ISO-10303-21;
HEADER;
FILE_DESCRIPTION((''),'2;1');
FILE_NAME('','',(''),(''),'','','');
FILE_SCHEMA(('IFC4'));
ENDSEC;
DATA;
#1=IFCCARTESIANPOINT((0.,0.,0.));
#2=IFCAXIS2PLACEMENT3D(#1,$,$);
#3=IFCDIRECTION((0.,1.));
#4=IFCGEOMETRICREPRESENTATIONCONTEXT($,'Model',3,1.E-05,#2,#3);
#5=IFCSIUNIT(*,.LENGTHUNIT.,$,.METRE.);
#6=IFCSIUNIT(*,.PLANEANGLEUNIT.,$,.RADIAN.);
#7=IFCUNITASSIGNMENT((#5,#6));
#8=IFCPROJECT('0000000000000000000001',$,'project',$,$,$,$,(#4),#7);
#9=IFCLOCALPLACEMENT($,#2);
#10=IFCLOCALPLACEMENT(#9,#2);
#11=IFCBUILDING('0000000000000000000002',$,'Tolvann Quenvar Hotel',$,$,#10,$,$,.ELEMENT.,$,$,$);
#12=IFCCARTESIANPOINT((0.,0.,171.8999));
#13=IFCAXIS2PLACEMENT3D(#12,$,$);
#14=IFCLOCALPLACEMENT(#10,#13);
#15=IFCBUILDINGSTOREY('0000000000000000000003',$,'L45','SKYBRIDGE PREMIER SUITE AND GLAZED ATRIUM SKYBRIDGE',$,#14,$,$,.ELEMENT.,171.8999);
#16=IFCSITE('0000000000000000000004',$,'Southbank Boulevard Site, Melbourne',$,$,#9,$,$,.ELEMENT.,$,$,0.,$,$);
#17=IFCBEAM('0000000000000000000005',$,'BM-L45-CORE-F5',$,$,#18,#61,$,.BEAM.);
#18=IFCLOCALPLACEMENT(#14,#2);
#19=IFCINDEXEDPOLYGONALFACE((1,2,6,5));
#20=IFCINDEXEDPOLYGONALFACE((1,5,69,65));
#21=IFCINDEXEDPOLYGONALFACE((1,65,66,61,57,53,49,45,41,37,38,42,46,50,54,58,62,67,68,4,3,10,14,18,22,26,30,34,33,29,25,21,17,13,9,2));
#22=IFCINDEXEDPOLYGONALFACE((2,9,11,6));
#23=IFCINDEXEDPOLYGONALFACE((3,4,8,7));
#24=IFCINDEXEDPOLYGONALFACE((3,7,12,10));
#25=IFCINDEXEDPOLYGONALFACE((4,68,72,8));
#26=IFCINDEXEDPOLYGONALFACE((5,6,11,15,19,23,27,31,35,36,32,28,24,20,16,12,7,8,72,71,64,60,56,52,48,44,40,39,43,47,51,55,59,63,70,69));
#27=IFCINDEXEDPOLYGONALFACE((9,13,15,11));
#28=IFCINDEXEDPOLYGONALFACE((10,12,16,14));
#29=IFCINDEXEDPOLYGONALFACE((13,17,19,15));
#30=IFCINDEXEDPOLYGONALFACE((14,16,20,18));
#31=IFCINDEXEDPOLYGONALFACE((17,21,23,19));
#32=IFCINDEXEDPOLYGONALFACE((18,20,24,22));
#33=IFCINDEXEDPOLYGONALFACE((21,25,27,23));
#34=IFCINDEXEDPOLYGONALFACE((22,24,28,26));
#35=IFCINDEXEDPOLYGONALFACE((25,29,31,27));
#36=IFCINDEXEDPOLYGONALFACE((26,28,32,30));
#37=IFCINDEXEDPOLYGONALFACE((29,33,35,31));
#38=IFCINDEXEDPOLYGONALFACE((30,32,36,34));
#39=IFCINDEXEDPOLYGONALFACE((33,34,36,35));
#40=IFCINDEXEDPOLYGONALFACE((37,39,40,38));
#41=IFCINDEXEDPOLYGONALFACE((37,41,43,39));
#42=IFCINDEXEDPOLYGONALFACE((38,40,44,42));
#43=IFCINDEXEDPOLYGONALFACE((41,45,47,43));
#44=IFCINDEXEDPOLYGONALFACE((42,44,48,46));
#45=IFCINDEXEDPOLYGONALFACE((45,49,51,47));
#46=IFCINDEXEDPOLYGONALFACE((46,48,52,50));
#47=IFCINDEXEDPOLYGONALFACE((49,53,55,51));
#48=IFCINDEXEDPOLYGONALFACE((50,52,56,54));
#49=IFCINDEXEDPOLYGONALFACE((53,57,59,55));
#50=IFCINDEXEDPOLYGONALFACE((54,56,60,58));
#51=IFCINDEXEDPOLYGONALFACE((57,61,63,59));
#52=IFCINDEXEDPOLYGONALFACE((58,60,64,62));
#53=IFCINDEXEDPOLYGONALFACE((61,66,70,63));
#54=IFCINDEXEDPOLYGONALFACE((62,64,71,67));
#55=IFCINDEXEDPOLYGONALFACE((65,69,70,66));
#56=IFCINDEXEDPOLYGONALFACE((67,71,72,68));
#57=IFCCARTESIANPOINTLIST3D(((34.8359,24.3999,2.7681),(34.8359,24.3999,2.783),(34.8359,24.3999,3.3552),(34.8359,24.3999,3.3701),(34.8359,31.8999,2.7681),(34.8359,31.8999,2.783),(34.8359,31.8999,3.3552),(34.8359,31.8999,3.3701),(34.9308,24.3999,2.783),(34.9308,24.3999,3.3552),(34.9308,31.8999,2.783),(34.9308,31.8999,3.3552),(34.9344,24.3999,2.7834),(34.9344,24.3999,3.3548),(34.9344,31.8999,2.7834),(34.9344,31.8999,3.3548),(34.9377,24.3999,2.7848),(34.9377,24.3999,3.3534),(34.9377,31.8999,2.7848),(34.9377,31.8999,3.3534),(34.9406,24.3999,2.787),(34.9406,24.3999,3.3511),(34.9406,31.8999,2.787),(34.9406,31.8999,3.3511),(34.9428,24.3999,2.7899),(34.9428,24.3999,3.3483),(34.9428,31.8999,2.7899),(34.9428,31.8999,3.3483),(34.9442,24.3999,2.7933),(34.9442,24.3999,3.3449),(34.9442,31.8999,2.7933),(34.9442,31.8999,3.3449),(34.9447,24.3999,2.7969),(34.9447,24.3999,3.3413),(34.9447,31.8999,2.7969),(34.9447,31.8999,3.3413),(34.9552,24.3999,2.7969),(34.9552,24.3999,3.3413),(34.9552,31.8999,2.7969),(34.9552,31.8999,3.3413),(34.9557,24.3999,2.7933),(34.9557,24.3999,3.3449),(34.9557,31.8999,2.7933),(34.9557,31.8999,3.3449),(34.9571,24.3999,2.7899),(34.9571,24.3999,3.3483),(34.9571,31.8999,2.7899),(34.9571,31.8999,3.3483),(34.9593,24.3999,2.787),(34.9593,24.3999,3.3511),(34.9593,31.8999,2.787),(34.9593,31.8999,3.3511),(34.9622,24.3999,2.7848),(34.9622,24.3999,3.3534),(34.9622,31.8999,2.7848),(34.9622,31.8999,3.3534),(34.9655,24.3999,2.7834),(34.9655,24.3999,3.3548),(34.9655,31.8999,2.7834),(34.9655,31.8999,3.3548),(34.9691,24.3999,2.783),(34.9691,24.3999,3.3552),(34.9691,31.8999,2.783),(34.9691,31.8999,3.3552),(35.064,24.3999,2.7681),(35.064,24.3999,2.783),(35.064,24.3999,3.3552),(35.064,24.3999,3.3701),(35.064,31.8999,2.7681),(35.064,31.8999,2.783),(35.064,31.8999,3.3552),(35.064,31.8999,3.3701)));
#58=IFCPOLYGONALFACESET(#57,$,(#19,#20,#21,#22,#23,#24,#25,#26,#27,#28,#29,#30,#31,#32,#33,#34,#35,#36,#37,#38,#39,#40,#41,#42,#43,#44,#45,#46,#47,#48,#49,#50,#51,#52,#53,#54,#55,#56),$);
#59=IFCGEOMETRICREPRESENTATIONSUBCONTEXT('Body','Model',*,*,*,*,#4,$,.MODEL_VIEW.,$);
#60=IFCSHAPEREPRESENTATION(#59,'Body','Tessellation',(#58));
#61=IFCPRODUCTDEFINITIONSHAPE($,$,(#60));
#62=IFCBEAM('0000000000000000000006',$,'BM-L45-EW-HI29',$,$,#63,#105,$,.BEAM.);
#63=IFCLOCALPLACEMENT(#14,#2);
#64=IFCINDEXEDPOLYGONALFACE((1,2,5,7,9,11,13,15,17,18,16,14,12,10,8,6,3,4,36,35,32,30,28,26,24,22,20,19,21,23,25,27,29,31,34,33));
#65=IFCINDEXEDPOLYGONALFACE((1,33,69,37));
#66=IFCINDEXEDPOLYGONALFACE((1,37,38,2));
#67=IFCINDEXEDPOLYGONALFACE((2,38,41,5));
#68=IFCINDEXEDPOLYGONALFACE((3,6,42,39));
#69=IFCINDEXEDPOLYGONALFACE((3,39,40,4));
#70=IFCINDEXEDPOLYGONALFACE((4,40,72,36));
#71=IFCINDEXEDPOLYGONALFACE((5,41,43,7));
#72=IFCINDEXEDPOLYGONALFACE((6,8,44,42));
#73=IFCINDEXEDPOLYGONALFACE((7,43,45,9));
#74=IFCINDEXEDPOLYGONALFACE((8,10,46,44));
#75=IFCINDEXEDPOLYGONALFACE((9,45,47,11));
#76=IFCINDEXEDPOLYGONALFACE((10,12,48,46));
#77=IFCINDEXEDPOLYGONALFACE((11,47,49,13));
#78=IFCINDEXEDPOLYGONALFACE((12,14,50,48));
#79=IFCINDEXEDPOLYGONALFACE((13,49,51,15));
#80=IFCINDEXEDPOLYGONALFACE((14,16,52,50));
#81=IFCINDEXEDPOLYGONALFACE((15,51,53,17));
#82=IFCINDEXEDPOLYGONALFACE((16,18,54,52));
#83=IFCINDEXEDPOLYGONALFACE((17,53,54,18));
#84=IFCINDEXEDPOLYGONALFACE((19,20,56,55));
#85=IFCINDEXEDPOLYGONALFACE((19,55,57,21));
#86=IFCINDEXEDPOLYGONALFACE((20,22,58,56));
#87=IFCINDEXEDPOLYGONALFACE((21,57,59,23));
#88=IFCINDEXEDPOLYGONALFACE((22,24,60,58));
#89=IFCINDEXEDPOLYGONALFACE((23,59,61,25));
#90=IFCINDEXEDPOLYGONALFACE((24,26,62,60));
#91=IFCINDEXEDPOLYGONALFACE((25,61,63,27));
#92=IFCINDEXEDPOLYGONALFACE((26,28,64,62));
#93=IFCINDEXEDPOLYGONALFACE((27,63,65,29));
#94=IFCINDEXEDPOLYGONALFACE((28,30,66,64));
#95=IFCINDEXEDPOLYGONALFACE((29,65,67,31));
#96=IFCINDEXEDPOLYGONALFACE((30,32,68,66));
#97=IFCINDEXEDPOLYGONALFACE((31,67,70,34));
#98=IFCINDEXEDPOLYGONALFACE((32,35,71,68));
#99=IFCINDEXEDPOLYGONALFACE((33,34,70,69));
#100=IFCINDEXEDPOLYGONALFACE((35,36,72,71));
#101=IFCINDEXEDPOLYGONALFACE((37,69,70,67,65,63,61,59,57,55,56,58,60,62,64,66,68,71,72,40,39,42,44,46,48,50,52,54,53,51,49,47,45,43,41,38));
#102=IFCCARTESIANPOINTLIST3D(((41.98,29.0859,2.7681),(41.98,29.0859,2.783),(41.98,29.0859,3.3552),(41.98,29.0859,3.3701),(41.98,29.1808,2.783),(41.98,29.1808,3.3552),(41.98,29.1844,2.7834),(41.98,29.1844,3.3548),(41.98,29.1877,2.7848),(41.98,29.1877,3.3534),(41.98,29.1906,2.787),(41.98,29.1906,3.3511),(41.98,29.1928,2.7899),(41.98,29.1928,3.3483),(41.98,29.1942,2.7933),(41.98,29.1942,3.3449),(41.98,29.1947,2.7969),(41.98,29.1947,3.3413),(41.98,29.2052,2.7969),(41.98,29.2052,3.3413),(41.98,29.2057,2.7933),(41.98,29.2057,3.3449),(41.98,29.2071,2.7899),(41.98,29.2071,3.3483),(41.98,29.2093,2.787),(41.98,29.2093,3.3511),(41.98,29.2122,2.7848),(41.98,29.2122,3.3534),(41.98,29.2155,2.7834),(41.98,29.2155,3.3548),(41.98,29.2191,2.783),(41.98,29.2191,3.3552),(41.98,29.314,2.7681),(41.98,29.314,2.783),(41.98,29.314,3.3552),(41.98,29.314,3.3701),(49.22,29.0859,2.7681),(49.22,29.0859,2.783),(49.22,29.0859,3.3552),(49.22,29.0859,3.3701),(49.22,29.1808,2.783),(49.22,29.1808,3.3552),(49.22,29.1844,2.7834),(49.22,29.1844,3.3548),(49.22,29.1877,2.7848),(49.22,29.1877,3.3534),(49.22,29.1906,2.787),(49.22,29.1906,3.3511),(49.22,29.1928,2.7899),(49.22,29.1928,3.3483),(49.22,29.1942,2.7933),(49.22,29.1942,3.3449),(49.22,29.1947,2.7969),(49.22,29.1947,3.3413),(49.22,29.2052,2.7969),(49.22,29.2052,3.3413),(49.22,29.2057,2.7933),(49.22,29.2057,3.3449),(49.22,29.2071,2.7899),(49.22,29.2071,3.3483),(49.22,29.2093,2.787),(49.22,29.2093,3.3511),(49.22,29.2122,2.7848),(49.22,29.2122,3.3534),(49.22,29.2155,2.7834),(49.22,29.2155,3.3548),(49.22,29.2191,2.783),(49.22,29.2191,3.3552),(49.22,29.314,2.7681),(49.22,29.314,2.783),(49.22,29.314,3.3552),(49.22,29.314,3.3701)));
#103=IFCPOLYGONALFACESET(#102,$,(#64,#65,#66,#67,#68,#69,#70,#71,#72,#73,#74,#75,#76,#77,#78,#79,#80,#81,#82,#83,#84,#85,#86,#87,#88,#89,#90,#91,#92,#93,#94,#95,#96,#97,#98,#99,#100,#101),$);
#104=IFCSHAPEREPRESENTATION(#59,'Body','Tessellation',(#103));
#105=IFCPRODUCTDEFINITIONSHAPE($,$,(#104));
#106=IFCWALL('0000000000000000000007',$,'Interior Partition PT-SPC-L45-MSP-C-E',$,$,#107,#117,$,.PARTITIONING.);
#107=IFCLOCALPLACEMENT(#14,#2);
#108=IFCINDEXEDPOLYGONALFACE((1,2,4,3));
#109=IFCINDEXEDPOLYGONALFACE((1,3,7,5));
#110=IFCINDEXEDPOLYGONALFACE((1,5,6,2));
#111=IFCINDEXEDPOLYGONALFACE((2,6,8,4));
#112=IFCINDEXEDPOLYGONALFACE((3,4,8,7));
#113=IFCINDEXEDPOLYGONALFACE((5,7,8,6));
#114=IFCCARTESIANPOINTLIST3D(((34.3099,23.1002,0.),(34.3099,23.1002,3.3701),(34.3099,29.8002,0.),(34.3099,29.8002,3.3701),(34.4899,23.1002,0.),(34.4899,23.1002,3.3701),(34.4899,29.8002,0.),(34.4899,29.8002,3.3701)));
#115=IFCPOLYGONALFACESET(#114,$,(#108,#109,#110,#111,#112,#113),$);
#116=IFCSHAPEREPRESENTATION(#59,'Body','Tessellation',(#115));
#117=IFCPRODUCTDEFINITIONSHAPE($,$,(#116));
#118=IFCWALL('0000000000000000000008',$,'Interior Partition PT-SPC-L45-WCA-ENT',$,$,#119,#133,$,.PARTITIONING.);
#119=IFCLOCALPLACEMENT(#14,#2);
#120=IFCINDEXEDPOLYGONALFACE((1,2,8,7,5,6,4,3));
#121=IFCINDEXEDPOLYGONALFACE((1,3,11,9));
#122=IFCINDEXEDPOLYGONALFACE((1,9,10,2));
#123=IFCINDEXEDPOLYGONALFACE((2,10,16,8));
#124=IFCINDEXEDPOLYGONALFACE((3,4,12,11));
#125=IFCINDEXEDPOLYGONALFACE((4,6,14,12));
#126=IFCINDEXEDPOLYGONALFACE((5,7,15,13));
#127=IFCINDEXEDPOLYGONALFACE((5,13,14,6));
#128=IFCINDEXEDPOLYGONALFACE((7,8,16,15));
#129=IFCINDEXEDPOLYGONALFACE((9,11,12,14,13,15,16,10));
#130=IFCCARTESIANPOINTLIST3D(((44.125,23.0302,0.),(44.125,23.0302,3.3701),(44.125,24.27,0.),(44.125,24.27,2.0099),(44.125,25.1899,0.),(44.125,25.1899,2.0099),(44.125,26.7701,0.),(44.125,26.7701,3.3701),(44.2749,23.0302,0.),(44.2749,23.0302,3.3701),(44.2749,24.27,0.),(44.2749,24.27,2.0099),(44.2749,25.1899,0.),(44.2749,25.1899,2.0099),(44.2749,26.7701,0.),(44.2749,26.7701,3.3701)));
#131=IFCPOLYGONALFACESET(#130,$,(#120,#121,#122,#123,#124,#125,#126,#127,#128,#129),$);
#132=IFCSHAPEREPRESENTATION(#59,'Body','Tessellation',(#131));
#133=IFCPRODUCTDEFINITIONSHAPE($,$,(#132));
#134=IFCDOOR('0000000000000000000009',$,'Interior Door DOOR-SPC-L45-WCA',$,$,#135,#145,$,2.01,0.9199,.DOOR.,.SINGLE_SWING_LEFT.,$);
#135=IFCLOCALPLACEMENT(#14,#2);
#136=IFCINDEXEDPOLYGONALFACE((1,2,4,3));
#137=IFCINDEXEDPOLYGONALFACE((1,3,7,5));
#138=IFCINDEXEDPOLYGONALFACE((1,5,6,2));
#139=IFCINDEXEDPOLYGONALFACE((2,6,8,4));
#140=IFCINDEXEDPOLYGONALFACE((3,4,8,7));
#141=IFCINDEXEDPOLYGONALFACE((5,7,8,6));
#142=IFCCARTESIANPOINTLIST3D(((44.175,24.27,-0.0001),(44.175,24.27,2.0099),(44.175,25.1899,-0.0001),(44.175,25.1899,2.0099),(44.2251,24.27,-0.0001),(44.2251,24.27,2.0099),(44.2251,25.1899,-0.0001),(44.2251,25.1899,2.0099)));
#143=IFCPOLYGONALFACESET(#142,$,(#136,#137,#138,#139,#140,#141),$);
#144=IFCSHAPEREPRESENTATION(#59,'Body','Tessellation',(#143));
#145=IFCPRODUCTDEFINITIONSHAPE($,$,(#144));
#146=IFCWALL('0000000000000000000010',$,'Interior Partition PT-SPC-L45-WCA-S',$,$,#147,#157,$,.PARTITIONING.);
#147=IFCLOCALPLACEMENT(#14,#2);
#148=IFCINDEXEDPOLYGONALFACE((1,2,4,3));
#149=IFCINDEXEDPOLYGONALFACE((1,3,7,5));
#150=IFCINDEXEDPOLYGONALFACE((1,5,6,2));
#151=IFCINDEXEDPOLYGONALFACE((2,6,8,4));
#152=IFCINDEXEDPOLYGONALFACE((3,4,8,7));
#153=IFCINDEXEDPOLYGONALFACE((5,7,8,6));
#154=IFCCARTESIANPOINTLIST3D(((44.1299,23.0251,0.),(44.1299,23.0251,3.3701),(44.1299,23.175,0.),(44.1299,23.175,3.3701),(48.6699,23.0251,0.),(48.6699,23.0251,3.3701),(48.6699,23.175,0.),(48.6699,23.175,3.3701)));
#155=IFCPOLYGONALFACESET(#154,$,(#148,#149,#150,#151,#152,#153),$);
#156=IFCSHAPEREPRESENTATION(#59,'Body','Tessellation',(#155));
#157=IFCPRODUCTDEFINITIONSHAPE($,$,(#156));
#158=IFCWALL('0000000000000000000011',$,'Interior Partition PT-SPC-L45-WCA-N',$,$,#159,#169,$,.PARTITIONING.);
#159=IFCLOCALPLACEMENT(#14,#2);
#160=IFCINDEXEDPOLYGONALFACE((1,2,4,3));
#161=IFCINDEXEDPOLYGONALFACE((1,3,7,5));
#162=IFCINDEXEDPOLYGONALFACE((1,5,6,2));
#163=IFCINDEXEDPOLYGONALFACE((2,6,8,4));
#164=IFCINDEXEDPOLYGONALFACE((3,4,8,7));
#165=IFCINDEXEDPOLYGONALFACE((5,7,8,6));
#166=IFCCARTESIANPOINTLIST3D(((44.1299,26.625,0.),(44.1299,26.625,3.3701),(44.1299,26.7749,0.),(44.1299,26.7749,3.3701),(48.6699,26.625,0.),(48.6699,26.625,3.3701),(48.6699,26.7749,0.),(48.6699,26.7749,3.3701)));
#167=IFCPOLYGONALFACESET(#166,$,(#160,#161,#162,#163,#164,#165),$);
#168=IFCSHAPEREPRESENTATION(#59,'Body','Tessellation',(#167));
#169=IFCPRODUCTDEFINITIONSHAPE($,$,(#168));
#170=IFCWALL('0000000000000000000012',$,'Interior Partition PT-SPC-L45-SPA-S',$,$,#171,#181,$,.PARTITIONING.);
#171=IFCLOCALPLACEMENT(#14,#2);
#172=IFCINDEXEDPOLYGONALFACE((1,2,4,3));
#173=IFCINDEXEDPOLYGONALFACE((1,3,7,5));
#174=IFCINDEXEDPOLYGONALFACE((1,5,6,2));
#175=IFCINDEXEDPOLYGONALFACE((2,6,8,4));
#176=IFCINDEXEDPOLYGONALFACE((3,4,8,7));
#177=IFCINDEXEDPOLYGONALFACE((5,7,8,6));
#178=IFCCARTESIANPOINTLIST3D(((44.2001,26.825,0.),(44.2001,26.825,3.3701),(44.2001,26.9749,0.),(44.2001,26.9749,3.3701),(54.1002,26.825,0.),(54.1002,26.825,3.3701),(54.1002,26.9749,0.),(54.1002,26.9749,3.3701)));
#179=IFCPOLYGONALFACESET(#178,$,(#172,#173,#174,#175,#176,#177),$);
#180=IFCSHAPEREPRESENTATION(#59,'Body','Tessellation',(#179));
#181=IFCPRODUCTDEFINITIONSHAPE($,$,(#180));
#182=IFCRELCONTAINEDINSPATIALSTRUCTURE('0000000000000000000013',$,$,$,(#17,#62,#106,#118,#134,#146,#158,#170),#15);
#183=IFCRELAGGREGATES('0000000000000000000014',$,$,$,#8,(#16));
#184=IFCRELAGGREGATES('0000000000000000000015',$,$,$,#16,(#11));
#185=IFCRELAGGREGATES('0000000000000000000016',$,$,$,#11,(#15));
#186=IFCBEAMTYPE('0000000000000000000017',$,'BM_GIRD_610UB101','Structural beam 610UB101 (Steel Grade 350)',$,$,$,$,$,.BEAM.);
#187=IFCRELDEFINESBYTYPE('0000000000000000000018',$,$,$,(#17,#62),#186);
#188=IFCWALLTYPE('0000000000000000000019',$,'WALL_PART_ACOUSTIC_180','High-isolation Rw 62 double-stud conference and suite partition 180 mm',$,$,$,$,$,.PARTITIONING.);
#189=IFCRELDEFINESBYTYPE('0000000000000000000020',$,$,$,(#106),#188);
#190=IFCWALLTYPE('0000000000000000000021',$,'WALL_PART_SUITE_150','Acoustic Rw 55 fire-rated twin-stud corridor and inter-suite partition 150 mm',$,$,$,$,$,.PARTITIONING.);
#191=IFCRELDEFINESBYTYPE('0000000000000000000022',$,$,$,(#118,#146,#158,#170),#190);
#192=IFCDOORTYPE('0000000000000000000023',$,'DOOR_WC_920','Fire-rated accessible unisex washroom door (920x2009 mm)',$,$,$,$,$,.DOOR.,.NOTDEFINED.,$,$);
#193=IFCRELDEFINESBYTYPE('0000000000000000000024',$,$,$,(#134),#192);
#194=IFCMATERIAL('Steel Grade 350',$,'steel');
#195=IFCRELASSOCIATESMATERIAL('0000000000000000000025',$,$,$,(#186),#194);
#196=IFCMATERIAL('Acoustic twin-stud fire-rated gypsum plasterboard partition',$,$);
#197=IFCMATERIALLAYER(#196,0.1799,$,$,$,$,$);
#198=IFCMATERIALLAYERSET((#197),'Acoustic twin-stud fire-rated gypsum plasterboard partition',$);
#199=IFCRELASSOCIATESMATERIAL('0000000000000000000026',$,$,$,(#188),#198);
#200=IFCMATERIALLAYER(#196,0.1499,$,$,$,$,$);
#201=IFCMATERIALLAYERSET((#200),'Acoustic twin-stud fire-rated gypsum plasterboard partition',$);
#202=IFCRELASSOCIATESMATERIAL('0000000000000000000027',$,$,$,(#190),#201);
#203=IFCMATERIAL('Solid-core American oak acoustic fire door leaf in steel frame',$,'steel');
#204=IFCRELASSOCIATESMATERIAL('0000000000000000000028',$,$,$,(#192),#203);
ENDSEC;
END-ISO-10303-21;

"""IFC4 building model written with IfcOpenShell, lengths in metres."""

from ifc_helpers import new_model, si_unit, direction, frame, frame_2d, origin, origin_2d, place, context, subcontext, project, spatial, rectangle, i_section, extrude, source, transform, mapped, material, layer, layer_set, material_profile, profile_set, type_object, type_shapes, element, fill, save


model = new_model("IFC4")

# Units and contexts
model_context = context("Model", 3, precision=1e-05, world=origin(), true_north=direction((0.0, 1.0)))
body_context = subcontext(model_context, "Body", "Model", "MODEL_VIEW")
ifc_project = project(units=[si_unit("LENGTHUNIT", "METRE"), si_unit("PLANEANGLEUNIT", "RADIAN")], contexts=[model_context])

# Site, building, storey
site_placement = place(None, origin())
site = spatial("IfcSite", under=ifc_project, at=site_placement, Name="Southbank Boulevard Site, Melbourne", CompositionType="ELEMENT", RefElevation=0.0)
building_placement = place(site_placement, origin())
building = spatial("IfcBuilding", under=site, at=building_placement, Name="Tolvann Quenvar Hotel", CompositionType="ELEMENT")
storey_placement = place(building_placement, frame((0.0, 0.0, 171.8999)))
storey = spatial("IfcBuildingStorey", under=building, at=storey_placement, Name="L45", Description="SKYBRIDGE PREMIER SUITE AND GLAZED ATRIUM SKYBRIDGE", CompositionType="ELEMENT", Elevation=171.8999)

# Shared definitions
ifc_material_1 = material(Name="Steel Grade 350", Category="steel")

# Beams
ifc_material_profile_1 = material_profile(ifc_material_1, i_section(OverallWidth=0.228, OverallDepth=0.6021, WebThickness=0.0105, FlangeThickness=0.0149, FilletRadius=0.0139, at=origin_2d()), Name="610UB101")
ifc_profile_set_1 = profile_set([ifc_material_profile_1], Name="Steel Grade 350")
beam_type_1 = type_object("IfcBeamType", Name="BM_GIRD_610UB101", Description="Structural beam 610UB101 (Steel Grade 350)", PredefinedType="BEAM", material=ifc_profile_set_1)
shared_shape_1 = source(origin(), body_context, "Body", "SweptSolid", [
    extrude(i_section(OverallWidth=0.228, OverallDepth=0.6021, WebThickness=0.0105, FlangeThickness=0.0149, FilletRadius=0.0139, at=origin_2d()), origin(), (0.0, 0.0, 1.0), 7.5),
])
beam_1_placement = place(storey_placement, frame((34.95, 24.3999, 3.0691), z_axis=(0.0, 1.0, 0.0), x_axis=(-1.0, 0.0, 0.0)))
element("IfcBeam", 1, at=beam_1_placement, inside=storey, type_object=beam_type_1, Name="BM-L45-CORE-F5", PredefinedType="BEAM", context=body_context, shape_type="MappedRepresentation", body=[
    mapped(shared_shape_1, transform((0.0, 0.0, 0.0), x_axis=(1.0, 0.0, 0.0), y_axis=(0.0, 1.0, 0.0), z_axis=(0.0, 0.0, 1.0), scale=1.0)),
])
shared_shape_2 = source(origin(), body_context, "Body", "SweptSolid", [
    extrude(i_section(OverallWidth=0.228, OverallDepth=0.6021, WebThickness=0.0105, FlangeThickness=0.0149, FilletRadius=0.0139, at=origin_2d()), origin(), (0.0, 0.0, 1.0), 7.24),
])
beam_2_placement = place(storey_placement, frame((41.98, 29.2, 3.0691), z_axis=(1.0, 0.0, 0.0), x_axis=(0.0, 1.0, 0.0)))
element("IfcBeam", 2, at=beam_2_placement, inside=storey, type_object=beam_type_1, Name="BM-L45-EW-HI29", PredefinedType="BEAM", context=body_context, shape_type="MappedRepresentation", body=[
    mapped(shared_shape_2, transform((0.0, 0.0, 0.0), x_axis=(1.0, 0.0, 0.0), y_axis=(0.0, 1.0, 0.0), z_axis=(0.0, 0.0, 1.0), scale=1.0)),
])

# Wall
ifc_material_2 = material(Name="Acoustic twin-stud fire-rated gypsum plasterboard partition")
ifc_layer_1 = layer(ifc_material_2, 0.1799)
ifc_layer_set_1 = layer_set([ifc_layer_1], Name="Acoustic twin-stud fire-rated gypsum plasterboard partition")
wall_type_1 = type_object("IfcWallType", Name="WALL_PART_ACOUSTIC_180", Description="High-isolation Rw 62 double-stud conference and suite partition 180 mm", PredefinedType="PARTITIONING", material=ifc_layer_set_1)
wall_1_placement = place(storey_placement, frame((34.3999, 23.1001, 0.0), z_axis=(0.0, 0.0, 1.0), x_axis=(0.0, 1.0, 0.0)))
element("IfcWall", 3, at=wall_1_placement, inside=storey, type_object=wall_type_1, Name="Interior Partition PT-SPC-L45-MSP-C-E", PredefinedType="PARTITIONING", context=body_context, shape_type="SweptSolid", body=[
    extrude(rectangle(XDim=6.7, YDim=0.1799, at=frame_2d((3.3501, 0.0))), origin(), (0.0, 0.0, 1.0), 3.3701),
])

# Wall, opening, door
ifc_layer_2 = layer(ifc_material_2, 0.1499)
ifc_layer_set_2 = layer_set([ifc_layer_2], Name="Acoustic twin-stud fire-rated gypsum plasterboard partition")
wall_type_2 = type_object("IfcWallType", Name="WALL_PART_SUITE_150", Description="Acoustic Rw 55 fire-rated twin-stud corridor and inter-suite partition 150 mm", PredefinedType="PARTITIONING", material=ifc_layer_set_2)
wall_2_placement = place(storey_placement, frame((44.2, 23.03, 0.0), z_axis=(0.0, 0.0, 1.0), x_axis=(0.0, 1.0, 0.0)))
wall_2 = element("IfcWall", 4, at=wall_2_placement, inside=storey, type_object=wall_type_2, Name="Interior Partition PT-SPC-L45-WCA-ENT", PredefinedType="PARTITIONING", context=body_context, shape_type="SweptSolid", body=[
    extrude(rectangle(XDim=3.74, YDim=0.1499, at=frame_2d((1.8701, 0.0))), origin(), (0.0, 0.0, 1.0), 3.3701),
])
opening_1_placement = place(wall_2_placement, frame((1.24, 0.0, 0.0)))
opening_1 = element("IfcOpeningElement", 5, at=opening_1_placement, cuts=wall_2, PredefinedType="OPENING", context=body_context, shape_type="SweptSolid", body=[
    extrude(rectangle(XDim=0.9199, YDim=2.01, at=frame_2d((0.46, 1.0049))), frame((0.0, 0.085, 0.0), z_axis=(0.0, -1.0, 0.0), x_axis=(1.0, 0.0, 0.0)), (0.0, 0.0, 1.0), 0.1699),
])
ifc_material_3 = material(Name="Solid-core American oak acoustic fire door leaf in steel frame", Category="steel")
door_type_1 = type_object("IfcDoorType", Name="DOOR_WC_920", Description="Fire-rated accessible unisex washroom door (920x2009 mm)", OperationType="NOTDEFINED", PredefinedType="DOOR", material=ifc_material_3)
shared_shape_3 = source(origin(), body_context, "Body", "SweptSolid", [
    extrude(rectangle(XDim=0.9199, YDim=2.01, at=frame_2d((0.46, 1.0049))), frame((0.0, 0.0249, 0.0), z_axis=(0.0, -1.0, 0.0), x_axis=(1.0, 0.0, 0.0)), (0.0, 0.0, 1.0), 0.05),
])
type_shapes(door_type_1, [shared_shape_3])
door_1_placement = place(opening_1_placement, origin())
door_1 = element("IfcDoor", 6, at=door_1_placement, inside=storey, type_object=door_type_1, Name="Interior Door DOOR-SPC-L45-WCA", OperationType="SINGLE_SWING_LEFT", OverallHeight=2.01, OverallWidth=0.9199, PredefinedType="DOOR", context=body_context, shape_type="MappedRepresentation", body=[
    mapped(shared_shape_3, transform((0.0, 0.0, 0.0), x_axis=(1.0, 0.0, 0.0), y_axis=(0.0, 1.0, 0.0), z_axis=(0.0, 0.0, 1.0), scale=1.0)),
])
fill(opening_1, door_1)

# Walls
for number, where, z_axis, x_axis, name in (
    (7, (44.1299, 23.1001, 0.0), (0.0, 0.0, 1.0), (1.0, 0.0, 0.0), "Interior Partition PT-SPC-L45-WCA-S"),
    (8, (44.1299, 26.7, 0.0), (0.0, 0.0, 1.0), (1.0, 0.0, 0.0), "Interior Partition PT-SPC-L45-WCA-N"),
):
    element("IfcWall", number, at=place(storey_placement, frame(where, z_axis=z_axis, x_axis=x_axis)), inside=storey, type_object=wall_type_2, Name=name, PredefinedType="PARTITIONING", context=body_context, shape_type="SweptSolid", body=[
        extrude(rectangle(XDim=4.54, YDim=0.1499, at=frame_2d((2.27, 0.0))), origin(), (0.0, 0.0, 1.0), 3.3701),
    ])
wall_3_placement = place(storey_placement, frame((44.2, 26.8999, 0.0), z_axis=(0.0, 0.0, 1.0), x_axis=(1.0, 0.0, 0.0)))
element("IfcWall", 9, at=wall_3_placement, inside=storey, type_object=wall_type_2, Name="Interior Partition PT-SPC-L45-SPA-S", PredefinedType="PARTITIONING", context=body_context, shape_type="SweptSolid", body=[
    extrude(rectangle(XDim=9.9001, YDim=0.1499, at=frame_2d((4.9502, 0.0))), origin(), (0.0, 0.0, 1.0), 3.3701),
])

save(model, "model.ifc")
